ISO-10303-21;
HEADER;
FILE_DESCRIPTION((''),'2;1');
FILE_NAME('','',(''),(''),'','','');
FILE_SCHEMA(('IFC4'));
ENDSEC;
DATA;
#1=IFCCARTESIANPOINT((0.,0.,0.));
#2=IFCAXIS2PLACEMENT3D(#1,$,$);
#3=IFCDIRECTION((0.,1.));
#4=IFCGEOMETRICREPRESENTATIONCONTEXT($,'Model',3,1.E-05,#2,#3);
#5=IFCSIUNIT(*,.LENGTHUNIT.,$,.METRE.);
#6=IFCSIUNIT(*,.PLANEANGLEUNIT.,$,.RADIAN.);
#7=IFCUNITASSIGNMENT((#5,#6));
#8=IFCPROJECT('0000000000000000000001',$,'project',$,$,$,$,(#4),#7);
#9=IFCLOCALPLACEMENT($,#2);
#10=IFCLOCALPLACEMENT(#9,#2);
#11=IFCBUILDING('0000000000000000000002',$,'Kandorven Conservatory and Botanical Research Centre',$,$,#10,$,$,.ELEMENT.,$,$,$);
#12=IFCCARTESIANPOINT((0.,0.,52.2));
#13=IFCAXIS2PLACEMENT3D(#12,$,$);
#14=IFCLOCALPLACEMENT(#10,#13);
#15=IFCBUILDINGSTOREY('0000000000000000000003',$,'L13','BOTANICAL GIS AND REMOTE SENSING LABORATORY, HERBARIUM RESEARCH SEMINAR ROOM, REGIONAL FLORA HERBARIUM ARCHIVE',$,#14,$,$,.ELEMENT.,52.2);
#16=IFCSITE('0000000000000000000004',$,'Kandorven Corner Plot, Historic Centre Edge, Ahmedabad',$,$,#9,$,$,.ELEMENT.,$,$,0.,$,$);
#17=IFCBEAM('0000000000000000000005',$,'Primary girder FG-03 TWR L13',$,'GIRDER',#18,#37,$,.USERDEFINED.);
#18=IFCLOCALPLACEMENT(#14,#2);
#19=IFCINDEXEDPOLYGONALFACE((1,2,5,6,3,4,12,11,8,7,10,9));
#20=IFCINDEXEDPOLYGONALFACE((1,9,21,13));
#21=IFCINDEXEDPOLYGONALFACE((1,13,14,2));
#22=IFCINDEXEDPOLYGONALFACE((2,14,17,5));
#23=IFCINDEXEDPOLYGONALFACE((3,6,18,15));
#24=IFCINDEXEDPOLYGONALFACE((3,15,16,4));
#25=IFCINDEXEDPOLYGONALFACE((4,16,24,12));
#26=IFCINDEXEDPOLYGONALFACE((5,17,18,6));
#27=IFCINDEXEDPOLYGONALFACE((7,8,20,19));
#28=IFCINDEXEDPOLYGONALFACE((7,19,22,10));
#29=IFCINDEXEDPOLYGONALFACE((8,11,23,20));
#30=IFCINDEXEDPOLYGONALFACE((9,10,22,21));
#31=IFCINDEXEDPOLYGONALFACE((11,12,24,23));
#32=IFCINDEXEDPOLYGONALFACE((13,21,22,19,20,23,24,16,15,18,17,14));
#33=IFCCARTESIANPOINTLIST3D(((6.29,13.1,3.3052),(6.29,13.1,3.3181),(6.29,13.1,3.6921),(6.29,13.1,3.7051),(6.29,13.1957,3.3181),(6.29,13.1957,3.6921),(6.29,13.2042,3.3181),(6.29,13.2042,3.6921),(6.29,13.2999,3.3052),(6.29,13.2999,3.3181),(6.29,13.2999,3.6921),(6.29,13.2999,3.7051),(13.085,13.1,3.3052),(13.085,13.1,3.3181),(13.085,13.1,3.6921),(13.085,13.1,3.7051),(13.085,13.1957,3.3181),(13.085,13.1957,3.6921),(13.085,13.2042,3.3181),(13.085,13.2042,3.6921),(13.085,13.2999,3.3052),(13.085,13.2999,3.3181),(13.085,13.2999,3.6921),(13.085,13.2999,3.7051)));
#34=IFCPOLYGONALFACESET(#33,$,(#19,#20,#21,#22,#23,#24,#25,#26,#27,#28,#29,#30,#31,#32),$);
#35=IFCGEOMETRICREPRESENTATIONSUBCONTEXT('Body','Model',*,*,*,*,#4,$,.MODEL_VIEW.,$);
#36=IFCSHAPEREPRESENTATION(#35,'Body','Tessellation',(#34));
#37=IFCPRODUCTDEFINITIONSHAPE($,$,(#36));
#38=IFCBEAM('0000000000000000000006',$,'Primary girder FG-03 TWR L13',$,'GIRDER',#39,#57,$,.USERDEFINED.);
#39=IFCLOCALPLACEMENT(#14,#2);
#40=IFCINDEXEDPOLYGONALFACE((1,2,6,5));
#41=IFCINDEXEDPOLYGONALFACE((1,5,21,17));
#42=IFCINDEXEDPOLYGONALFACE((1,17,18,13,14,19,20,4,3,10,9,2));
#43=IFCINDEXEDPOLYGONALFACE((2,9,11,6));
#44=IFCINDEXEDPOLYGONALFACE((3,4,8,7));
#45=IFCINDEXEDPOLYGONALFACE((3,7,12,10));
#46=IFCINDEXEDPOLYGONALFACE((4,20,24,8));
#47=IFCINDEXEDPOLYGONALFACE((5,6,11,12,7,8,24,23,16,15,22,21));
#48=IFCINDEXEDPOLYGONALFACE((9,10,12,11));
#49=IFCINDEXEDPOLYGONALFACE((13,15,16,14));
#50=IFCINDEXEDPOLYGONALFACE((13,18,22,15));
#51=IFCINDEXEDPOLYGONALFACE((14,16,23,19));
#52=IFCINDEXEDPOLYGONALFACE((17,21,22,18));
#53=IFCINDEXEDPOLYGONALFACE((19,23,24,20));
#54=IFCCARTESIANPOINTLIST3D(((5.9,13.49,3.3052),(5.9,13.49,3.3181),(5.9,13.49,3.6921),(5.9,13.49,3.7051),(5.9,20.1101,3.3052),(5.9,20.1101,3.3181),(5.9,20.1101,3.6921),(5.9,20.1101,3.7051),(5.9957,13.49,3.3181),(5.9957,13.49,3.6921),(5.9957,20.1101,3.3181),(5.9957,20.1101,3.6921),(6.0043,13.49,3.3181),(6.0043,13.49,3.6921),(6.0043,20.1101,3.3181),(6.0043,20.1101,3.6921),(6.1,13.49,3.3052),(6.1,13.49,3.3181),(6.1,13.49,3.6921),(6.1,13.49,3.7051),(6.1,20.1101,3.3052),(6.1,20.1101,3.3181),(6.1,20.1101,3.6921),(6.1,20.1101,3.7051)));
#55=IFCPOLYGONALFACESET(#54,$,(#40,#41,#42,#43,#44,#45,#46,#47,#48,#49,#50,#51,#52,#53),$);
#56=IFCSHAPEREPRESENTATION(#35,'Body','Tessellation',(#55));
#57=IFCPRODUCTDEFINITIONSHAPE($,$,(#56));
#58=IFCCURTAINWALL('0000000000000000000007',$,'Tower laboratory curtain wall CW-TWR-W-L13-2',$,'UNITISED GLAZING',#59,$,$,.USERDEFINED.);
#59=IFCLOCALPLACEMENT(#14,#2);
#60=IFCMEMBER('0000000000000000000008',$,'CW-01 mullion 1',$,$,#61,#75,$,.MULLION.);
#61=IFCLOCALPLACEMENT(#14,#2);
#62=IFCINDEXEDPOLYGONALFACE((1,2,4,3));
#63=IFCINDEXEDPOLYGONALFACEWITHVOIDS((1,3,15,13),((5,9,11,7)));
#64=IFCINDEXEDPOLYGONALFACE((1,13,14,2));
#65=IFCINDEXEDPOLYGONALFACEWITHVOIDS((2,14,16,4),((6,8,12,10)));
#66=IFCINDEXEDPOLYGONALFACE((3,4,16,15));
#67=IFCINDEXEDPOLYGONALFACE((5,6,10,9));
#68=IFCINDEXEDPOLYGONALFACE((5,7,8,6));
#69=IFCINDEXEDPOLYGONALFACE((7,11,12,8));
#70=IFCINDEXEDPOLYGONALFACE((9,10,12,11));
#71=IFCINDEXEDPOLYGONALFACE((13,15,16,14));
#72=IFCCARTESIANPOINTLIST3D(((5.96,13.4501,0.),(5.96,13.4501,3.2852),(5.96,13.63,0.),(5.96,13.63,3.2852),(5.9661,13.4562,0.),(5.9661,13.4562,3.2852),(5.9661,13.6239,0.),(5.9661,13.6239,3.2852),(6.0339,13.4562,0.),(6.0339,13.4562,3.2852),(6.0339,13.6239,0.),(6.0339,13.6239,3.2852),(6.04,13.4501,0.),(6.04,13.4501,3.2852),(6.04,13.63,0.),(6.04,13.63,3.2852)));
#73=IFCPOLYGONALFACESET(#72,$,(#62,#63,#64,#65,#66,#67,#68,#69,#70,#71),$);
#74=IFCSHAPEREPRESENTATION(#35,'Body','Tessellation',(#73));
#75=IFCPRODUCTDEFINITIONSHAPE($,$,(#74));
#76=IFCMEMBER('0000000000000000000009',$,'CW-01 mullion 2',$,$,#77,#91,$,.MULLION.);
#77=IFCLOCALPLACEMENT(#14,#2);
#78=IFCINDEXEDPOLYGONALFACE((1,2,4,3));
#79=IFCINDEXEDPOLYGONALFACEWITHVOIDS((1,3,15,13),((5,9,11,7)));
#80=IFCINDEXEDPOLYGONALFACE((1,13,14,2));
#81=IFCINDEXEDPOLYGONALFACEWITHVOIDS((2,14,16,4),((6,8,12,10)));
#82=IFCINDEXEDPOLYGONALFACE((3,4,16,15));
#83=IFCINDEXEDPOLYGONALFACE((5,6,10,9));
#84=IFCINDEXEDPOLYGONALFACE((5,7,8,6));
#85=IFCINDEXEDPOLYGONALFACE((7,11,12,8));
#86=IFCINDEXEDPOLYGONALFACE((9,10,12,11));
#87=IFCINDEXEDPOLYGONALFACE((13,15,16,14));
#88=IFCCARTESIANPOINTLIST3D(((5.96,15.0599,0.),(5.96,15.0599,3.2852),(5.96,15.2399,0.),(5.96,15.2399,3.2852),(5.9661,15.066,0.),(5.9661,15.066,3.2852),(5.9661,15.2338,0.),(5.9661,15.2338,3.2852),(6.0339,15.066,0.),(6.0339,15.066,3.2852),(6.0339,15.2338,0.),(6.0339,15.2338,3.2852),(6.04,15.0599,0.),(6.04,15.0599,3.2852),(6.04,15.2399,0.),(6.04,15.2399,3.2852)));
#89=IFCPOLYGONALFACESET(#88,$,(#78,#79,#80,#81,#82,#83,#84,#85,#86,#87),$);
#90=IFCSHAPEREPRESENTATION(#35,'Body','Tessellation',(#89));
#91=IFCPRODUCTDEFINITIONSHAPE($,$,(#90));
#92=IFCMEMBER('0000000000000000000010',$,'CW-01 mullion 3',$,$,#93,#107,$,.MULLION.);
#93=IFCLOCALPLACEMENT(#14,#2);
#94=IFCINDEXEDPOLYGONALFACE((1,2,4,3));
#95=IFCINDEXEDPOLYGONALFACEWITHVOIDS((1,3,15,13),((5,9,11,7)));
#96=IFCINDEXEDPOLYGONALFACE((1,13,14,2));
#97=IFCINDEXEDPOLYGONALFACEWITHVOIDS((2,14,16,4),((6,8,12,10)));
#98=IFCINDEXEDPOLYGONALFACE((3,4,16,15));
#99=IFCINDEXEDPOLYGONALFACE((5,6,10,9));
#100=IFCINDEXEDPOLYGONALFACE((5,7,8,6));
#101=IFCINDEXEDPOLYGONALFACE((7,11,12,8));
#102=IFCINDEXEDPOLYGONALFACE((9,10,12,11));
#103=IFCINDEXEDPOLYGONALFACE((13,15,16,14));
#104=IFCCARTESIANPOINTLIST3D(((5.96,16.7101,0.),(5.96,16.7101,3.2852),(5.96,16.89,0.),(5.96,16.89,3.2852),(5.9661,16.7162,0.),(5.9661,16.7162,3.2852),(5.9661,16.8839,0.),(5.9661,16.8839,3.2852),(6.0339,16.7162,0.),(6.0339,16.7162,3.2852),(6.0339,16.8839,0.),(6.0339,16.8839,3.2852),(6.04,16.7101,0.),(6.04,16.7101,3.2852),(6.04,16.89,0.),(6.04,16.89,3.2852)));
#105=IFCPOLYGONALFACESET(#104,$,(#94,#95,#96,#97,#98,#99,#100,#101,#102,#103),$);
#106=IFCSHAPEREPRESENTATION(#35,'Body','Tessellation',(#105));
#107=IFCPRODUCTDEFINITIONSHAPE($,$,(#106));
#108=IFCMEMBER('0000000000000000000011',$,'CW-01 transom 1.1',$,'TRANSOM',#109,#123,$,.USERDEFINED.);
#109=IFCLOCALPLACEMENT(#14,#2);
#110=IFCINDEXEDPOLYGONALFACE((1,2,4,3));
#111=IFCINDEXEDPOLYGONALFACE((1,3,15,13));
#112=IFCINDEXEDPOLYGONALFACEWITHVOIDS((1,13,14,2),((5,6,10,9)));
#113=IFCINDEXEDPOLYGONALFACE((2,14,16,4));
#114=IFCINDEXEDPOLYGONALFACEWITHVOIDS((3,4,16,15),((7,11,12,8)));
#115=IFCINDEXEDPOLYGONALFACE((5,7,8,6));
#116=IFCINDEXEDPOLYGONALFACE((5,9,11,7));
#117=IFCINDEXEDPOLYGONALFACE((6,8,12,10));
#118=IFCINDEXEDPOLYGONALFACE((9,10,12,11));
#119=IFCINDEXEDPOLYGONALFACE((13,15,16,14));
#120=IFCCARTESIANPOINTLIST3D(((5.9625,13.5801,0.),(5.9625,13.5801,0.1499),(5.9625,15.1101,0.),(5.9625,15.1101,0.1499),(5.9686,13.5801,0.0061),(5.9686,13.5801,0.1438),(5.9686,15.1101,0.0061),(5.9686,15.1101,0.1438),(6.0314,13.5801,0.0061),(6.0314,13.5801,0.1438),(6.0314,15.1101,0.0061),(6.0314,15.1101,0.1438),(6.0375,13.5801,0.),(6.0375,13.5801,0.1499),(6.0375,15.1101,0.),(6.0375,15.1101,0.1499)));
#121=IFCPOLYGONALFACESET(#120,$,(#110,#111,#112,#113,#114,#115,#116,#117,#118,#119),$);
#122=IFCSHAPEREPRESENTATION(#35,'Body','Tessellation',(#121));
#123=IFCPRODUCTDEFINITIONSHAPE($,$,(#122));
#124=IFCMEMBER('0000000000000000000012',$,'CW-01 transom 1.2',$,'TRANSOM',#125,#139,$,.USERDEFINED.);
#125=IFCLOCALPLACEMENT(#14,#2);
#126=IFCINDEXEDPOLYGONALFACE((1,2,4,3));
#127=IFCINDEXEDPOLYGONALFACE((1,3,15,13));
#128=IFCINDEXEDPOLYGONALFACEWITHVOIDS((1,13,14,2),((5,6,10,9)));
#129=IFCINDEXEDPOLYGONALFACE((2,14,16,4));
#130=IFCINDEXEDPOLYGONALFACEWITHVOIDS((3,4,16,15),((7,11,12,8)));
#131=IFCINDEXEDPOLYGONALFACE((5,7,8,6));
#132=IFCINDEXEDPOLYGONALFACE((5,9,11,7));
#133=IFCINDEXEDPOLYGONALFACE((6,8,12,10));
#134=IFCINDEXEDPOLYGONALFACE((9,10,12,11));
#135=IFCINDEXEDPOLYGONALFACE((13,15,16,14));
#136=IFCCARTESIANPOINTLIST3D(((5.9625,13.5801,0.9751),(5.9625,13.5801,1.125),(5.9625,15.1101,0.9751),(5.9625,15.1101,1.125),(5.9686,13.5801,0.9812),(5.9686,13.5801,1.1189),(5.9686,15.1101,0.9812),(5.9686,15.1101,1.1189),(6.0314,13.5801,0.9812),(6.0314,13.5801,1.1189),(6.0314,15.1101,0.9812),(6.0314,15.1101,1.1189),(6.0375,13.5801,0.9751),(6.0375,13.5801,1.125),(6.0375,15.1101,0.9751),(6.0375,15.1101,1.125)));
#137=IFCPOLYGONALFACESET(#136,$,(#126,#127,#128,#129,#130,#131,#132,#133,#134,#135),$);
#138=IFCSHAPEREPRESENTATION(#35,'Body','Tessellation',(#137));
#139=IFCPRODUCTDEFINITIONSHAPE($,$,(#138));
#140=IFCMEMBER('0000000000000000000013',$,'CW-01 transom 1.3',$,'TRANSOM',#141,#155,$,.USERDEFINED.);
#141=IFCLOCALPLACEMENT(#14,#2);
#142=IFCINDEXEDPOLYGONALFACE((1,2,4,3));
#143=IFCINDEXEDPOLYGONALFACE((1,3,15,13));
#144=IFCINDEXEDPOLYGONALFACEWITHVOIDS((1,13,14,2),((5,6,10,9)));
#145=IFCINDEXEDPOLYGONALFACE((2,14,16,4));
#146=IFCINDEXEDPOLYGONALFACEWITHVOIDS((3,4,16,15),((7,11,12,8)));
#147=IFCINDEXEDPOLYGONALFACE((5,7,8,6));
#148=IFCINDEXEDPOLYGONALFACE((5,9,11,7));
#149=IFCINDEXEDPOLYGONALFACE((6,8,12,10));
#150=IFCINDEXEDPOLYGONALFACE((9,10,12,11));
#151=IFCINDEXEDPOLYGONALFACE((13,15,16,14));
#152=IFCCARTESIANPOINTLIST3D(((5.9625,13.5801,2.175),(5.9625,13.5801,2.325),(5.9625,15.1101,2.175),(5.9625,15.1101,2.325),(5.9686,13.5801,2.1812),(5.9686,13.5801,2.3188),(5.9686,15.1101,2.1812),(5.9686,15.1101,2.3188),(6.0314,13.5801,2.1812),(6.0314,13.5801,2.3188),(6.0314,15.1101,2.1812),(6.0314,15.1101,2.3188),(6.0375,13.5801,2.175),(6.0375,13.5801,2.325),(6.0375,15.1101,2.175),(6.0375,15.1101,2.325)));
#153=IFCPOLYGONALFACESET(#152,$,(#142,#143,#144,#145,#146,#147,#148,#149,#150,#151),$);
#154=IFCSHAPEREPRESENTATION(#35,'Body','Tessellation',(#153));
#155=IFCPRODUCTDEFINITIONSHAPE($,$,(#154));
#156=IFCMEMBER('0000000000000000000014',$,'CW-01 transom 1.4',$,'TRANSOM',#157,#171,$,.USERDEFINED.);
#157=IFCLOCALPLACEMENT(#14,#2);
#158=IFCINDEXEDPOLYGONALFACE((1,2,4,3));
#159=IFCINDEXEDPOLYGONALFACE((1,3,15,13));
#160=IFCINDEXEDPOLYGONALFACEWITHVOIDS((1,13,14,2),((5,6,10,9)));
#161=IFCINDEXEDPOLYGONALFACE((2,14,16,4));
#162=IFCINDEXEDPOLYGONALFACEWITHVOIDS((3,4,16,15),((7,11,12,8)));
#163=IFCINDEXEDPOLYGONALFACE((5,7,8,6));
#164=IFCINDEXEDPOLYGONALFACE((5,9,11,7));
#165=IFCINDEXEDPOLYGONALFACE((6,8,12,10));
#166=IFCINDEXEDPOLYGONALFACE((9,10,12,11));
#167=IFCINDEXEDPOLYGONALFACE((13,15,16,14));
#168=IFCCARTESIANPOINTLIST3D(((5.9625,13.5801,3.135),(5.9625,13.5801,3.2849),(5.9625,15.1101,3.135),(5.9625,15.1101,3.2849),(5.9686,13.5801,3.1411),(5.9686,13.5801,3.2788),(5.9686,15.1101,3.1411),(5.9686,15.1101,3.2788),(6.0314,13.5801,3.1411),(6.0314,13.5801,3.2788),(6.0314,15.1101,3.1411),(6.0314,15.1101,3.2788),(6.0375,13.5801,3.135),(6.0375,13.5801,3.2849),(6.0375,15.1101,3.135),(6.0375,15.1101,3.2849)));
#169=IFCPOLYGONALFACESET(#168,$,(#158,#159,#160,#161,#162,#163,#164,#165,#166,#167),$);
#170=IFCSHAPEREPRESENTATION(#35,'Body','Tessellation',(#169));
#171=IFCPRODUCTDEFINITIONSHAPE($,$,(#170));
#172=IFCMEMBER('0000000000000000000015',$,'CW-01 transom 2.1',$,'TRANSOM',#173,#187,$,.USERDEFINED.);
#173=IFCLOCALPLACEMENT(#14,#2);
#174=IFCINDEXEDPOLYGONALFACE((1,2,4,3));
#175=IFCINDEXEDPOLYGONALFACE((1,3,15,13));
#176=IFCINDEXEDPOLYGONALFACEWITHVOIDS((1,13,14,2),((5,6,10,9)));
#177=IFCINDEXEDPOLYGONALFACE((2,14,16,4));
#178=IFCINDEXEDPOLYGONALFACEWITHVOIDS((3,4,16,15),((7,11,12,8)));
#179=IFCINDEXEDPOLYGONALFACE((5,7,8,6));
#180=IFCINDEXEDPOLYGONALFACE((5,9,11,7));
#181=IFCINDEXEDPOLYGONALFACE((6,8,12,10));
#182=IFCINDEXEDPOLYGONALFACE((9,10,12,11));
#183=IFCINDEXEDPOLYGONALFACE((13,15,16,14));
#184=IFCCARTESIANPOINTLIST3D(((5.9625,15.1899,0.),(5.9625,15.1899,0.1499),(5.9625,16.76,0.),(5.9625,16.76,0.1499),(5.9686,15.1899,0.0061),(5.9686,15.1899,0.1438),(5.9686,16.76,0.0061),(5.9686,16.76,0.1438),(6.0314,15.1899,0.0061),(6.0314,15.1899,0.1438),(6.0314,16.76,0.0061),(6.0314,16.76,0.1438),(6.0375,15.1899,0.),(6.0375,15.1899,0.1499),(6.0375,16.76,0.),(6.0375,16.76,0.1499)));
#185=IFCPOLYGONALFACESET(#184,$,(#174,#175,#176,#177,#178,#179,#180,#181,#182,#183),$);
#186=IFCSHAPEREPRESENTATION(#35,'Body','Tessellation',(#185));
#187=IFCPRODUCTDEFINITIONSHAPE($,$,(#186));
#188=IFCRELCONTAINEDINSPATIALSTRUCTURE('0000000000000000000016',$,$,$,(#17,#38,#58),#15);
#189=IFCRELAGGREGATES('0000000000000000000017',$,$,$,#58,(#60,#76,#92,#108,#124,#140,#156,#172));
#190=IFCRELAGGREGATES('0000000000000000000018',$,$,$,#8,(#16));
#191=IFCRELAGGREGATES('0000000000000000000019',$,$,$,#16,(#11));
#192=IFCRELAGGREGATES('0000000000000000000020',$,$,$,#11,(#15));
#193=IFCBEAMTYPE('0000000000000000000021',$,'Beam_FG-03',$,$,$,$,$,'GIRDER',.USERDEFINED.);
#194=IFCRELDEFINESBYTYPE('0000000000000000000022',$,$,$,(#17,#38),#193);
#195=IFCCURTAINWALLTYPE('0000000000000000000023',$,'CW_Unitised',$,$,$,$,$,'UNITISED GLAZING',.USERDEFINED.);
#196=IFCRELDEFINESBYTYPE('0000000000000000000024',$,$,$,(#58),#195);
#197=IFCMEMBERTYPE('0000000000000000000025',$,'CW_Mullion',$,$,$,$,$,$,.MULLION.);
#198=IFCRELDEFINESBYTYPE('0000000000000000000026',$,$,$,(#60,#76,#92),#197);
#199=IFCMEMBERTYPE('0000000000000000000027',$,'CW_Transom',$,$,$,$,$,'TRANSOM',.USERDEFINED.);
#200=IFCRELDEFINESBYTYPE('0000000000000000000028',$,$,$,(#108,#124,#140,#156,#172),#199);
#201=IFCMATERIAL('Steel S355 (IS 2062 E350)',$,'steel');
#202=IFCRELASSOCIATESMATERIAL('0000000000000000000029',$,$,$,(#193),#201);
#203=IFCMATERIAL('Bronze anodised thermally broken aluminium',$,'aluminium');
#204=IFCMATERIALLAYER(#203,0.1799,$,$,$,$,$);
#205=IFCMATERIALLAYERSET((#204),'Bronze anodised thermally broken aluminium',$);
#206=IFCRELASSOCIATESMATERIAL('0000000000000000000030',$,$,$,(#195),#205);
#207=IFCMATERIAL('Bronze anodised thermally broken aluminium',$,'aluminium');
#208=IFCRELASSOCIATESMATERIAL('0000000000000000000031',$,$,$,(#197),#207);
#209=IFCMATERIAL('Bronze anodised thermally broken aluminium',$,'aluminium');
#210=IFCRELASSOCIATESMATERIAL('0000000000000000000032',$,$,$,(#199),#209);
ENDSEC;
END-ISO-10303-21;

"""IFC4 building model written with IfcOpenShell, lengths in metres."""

from ifc_helpers import new_model, si_unit, direction, frame, origin, origin_2d, place, context, subcontext, project, spatial, hollow_rectangle, i_section, extrude, material, layer, layer_set, material_profile, profile_set, type_object, element, aggregate, save


model = new_model("IFC4")

# Units and contexts
model_context = context("Model", 3, precision=1e-05, world=origin(), true_north=direction((0.0, 1.0)))
body_context = subcontext(model_context, "Body", "Model", "MODEL_VIEW")
ifc_project = project(units=[si_unit("LENGTHUNIT", "METRE"), si_unit("PLANEANGLEUNIT", "RADIAN")], contexts=[model_context])

# Site, building, storey
site_placement = place(None, origin())
site = spatial("IfcSite", under=ifc_project, at=site_placement, Name="Kandorven Corner Plot, Historic Centre Edge, Ahmedabad", CompositionType="ELEMENT", RefElevation=0.0)
building_placement = place(site_placement, origin())
building = spatial("IfcBuilding", under=site, at=building_placement, Name="Kandorven Conservatory and Botanical Research Centre", CompositionType="ELEMENT")
storey_placement = place(building_placement, frame((0.0, 0.0, 52.2)))
storey = spatial("IfcBuildingStorey", under=building, at=storey_placement, Name="L13", Description="BOTANICAL GIS AND REMOTE SENSING LABORATORY, HERBARIUM RESEARCH SEMINAR ROOM, REGIONAL FLORA HERBARIUM ARCHIVE", CompositionType="ELEMENT", Elevation=52.2)

# Beams
ifc_material_1 = material(Name="Steel S355 (IS 2062 E350)", Category="steel")
ifc_material_profile_1 = material_profile(ifc_material_1, i_section(OverallWidth=0.2, OverallDepth=0.3999, WebThickness=0.0085, FlangeThickness=0.0129, at=origin_2d()))
ifc_profile_set_1 = profile_set([ifc_material_profile_1], Name="Steel S355 (IS 2062 E350)")
beam_type = type_object("IfcBeamType", Name="Beam_FG-03", ElementType="GIRDER", PredefinedType="USERDEFINED", material=ifc_profile_set_1)
beam_1_placement = place(storey_placement, frame((6.29, 13.2, 3.5051), z_axis=(1.0, 0.0, 0.0), x_axis=(0.0, 1.0, 0.0)))
element("IfcBeam", 1, at=beam_1_placement, inside=storey, type_object=beam_type, Name="Primary girder FG-03 TWR L13", ObjectType="GIRDER", PredefinedType="USERDEFINED", context=body_context, shape_type="SweptSolid", body=[
    extrude(i_section(OverallWidth=0.2, OverallDepth=0.3999, WebThickness=0.0085, FlangeThickness=0.0129, at=origin_2d()), origin(), (0.0, 0.0, 1.0), 6.7949),
])
beam_2_placement = place(storey_placement, frame((6.0, 13.49, 3.5051), z_axis=(0.0, 1.0, 0.0), x_axis=(-1.0, 0.0, 0.0)))
element("IfcBeam", 2, at=beam_2_placement, inside=storey, type_object=beam_type, Name="Primary girder FG-03 TWR L13", ObjectType="GIRDER", PredefinedType="USERDEFINED", context=body_context, shape_type="SweptSolid", body=[
    extrude(i_section(OverallWidth=0.2, OverallDepth=0.3999, WebThickness=0.0085, FlangeThickness=0.0129, at=origin_2d()), origin(), (0.0, 0.0, 1.0), 6.6201),
])

# Curtain wall, members
ifc_material_2 = material(Name="Bronze anodised thermally broken aluminium", Category="aluminium")
ifc_layer_1 = layer(ifc_material_2, 0.1799)
ifc_layer_set_1 = layer_set([ifc_layer_1], Name="Bronze anodised thermally broken aluminium")
curtain_wall_type = type_object("IfcCurtainWallType", Name="CW_Unitised", ElementType="UNITISED GLAZING", PredefinedType="USERDEFINED", material=ifc_layer_set_1)
curtain_wall_placement = place(storey_placement, origin())
curtain_wall = element("IfcCurtainWall", 3, at=curtain_wall_placement, inside=storey, type_object=curtain_wall_type, Name="Tower laboratory curtain wall CW-TWR-W-L13-2", ObjectType="UNITISED GLAZING", PredefinedType="USERDEFINED")
ifc_material_3 = material(Name="Bronze anodised thermally broken aluminium", Category="aluminium")
ifc_material_profile_2 = material_profile(ifc_material_3, hollow_rectangle(XDim=0.0801, YDim=0.1799, WallThickness=0.0061, at=origin_2d()))
ifc_profile_set_2 = profile_set([ifc_material_profile_2], Name="Bronze anodised thermally broken aluminium")
member_type_1 = type_object("IfcMemberType", Name="CW_Mullion", PredefinedType="MULLION", material=ifc_profile_set_2)
member_1_placement = place(storey_placement, frame((6.0, 13.54, 0.0), z_axis=(0.0, 0.0, 1.0), x_axis=(-1.0, 0.0, 0.0)))
member_1 = element("IfcMember", 4, at=member_1_placement, type_object=member_type_1, Name="CW-01 mullion 1", PredefinedType="MULLION", context=body_context, shape_type="SweptSolid", body=[
    extrude(hollow_rectangle(XDim=0.0801, YDim=0.1799, WallThickness=0.0061, at=origin_2d()), origin(), (0.0, 0.0, 1.0), 3.2852),
])
member_2_placement = place(storey_placement, frame((6.0, 15.1499, 0.0), z_axis=(0.0, 0.0, 1.0), x_axis=(-1.0, 0.0, 0.0)))
member_2 = element("IfcMember", 5, at=member_2_placement, type_object=member_type_1, Name="CW-01 mullion 2", PredefinedType="MULLION", context=body_context, shape_type="SweptSolid", body=[
    extrude(hollow_rectangle(XDim=0.0801, YDim=0.1799, WallThickness=0.0061, at=origin_2d()), origin(), (0.0, 0.0, 1.0), 3.2852),
])
member_3_placement = place(storey_placement, frame((6.0, 16.8, 0.0), z_axis=(0.0, 0.0, 1.0), x_axis=(-1.0, 0.0, 0.0)))
member_3 = element("IfcMember", 6, at=member_3_placement, type_object=member_type_1, Name="CW-01 mullion 3", PredefinedType="MULLION", context=body_context, shape_type="SweptSolid", body=[
    extrude(hollow_rectangle(XDim=0.0801, YDim=0.1799, WallThickness=0.0061, at=origin_2d()), origin(), (0.0, 0.0, 1.0), 3.2852),
])
ifc_material_4 = material(Name="Bronze anodised thermally broken aluminium", Category="aluminium")
ifc_material_profile_3 = material_profile(ifc_material_4, hollow_rectangle(XDim=0.075, YDim=0.1499, WallThickness=0.0061, at=origin_2d()))
ifc_profile_set_3 = profile_set([ifc_material_profile_3], Name="Bronze anodised thermally broken aluminium")
member_type_2 = type_object("IfcMemberType", Name="CW_Transom", ElementType="TRANSOM", PredefinedType="USERDEFINED", material=ifc_profile_set_3)
member_4_placement = place(storey_placement, frame((6.0, 13.5801, 0.075), z_axis=(0.0, 1.0, 0.0), x_axis=(-1.0, 0.0, 0.0)))
member_4 = element("IfcMember", 7, at=member_4_placement, type_object=member_type_2, Name="CW-01 transom 1.1", ObjectType="TRANSOM", PredefinedType="USERDEFINED", context=body_context, shape_type="SweptSolid", body=[
    extrude(hollow_rectangle(XDim=0.075, YDim=0.1499, WallThickness=0.0061, at=origin_2d()), origin(), (0.0, 0.0, 1.0), 1.53),
])
member_5_placement = place(storey_placement, frame((6.0, 13.5801, 1.05), z_axis=(0.0, 1.0, 0.0), x_axis=(-1.0, 0.0, 0.0)))
member_5 = element("IfcMember", 8, at=member_5_placement, type_object=member_type_2, Name="CW-01 transom 1.2", ObjectType="TRANSOM", PredefinedType="USERDEFINED", context=body_context, shape_type="SweptSolid", body=[
    extrude(hollow_rectangle(XDim=0.075, YDim=0.1499, WallThickness=0.0061, at=origin_2d()), origin(), (0.0, 0.0, 1.0), 1.53),
])
member_6_placement = place(storey_placement, frame((6.0, 13.5801, 2.25), z_axis=(0.0, 1.0, 0.0), x_axis=(-1.0, 0.0, 0.0)))
member_6 = element("IfcMember", 9, at=member_6_placement, type_object=member_type_2, Name="CW-01 transom 1.3", ObjectType="TRANSOM", PredefinedType="USERDEFINED", context=body_context, shape_type="SweptSolid", body=[
    extrude(hollow_rectangle(XDim=0.075, YDim=0.1499, WallThickness=0.0061, at=origin_2d()), origin(), (0.0, 0.0, 1.0), 1.53),
])
member_7_placement = place(storey_placement, frame((6.0, 13.5801, 3.21), z_axis=(0.0, 1.0, 0.0), x_axis=(-1.0, 0.0, 0.0)))
member_7 = element("IfcMember", 10, at=member_7_placement, type_object=member_type_2, Name="CW-01 transom 1.4", ObjectType="TRANSOM", PredefinedType="USERDEFINED", context=body_context, shape_type="SweptSolid", body=[
    extrude(hollow_rectangle(XDim=0.075, YDim=0.1499, WallThickness=0.0061, at=origin_2d()), origin(), (0.0, 0.0, 1.0), 1.53),
])
member_8_placement = place(storey_placement, frame((6.0, 15.1899, 0.075), z_axis=(0.0, 1.0, 0.0), x_axis=(-1.0, 0.0, 0.0)))
member_8 = element("IfcMember", 11, at=member_8_placement, type_object=member_type_2, Name="CW-01 transom 2.1", ObjectType="TRANSOM", PredefinedType="USERDEFINED", context=body_context, shape_type="SweptSolid", body=[
    extrude(hollow_rectangle(XDim=0.075, YDim=0.1499, WallThickness=0.0061, at=origin_2d()), origin(), (0.0, 0.0, 1.0), 1.5701),
])
aggregate(curtain_wall, [member_1, member_2, member_3, member_4, member_5, member_6, member_7, member_8])

save(model, "model.ifc")
